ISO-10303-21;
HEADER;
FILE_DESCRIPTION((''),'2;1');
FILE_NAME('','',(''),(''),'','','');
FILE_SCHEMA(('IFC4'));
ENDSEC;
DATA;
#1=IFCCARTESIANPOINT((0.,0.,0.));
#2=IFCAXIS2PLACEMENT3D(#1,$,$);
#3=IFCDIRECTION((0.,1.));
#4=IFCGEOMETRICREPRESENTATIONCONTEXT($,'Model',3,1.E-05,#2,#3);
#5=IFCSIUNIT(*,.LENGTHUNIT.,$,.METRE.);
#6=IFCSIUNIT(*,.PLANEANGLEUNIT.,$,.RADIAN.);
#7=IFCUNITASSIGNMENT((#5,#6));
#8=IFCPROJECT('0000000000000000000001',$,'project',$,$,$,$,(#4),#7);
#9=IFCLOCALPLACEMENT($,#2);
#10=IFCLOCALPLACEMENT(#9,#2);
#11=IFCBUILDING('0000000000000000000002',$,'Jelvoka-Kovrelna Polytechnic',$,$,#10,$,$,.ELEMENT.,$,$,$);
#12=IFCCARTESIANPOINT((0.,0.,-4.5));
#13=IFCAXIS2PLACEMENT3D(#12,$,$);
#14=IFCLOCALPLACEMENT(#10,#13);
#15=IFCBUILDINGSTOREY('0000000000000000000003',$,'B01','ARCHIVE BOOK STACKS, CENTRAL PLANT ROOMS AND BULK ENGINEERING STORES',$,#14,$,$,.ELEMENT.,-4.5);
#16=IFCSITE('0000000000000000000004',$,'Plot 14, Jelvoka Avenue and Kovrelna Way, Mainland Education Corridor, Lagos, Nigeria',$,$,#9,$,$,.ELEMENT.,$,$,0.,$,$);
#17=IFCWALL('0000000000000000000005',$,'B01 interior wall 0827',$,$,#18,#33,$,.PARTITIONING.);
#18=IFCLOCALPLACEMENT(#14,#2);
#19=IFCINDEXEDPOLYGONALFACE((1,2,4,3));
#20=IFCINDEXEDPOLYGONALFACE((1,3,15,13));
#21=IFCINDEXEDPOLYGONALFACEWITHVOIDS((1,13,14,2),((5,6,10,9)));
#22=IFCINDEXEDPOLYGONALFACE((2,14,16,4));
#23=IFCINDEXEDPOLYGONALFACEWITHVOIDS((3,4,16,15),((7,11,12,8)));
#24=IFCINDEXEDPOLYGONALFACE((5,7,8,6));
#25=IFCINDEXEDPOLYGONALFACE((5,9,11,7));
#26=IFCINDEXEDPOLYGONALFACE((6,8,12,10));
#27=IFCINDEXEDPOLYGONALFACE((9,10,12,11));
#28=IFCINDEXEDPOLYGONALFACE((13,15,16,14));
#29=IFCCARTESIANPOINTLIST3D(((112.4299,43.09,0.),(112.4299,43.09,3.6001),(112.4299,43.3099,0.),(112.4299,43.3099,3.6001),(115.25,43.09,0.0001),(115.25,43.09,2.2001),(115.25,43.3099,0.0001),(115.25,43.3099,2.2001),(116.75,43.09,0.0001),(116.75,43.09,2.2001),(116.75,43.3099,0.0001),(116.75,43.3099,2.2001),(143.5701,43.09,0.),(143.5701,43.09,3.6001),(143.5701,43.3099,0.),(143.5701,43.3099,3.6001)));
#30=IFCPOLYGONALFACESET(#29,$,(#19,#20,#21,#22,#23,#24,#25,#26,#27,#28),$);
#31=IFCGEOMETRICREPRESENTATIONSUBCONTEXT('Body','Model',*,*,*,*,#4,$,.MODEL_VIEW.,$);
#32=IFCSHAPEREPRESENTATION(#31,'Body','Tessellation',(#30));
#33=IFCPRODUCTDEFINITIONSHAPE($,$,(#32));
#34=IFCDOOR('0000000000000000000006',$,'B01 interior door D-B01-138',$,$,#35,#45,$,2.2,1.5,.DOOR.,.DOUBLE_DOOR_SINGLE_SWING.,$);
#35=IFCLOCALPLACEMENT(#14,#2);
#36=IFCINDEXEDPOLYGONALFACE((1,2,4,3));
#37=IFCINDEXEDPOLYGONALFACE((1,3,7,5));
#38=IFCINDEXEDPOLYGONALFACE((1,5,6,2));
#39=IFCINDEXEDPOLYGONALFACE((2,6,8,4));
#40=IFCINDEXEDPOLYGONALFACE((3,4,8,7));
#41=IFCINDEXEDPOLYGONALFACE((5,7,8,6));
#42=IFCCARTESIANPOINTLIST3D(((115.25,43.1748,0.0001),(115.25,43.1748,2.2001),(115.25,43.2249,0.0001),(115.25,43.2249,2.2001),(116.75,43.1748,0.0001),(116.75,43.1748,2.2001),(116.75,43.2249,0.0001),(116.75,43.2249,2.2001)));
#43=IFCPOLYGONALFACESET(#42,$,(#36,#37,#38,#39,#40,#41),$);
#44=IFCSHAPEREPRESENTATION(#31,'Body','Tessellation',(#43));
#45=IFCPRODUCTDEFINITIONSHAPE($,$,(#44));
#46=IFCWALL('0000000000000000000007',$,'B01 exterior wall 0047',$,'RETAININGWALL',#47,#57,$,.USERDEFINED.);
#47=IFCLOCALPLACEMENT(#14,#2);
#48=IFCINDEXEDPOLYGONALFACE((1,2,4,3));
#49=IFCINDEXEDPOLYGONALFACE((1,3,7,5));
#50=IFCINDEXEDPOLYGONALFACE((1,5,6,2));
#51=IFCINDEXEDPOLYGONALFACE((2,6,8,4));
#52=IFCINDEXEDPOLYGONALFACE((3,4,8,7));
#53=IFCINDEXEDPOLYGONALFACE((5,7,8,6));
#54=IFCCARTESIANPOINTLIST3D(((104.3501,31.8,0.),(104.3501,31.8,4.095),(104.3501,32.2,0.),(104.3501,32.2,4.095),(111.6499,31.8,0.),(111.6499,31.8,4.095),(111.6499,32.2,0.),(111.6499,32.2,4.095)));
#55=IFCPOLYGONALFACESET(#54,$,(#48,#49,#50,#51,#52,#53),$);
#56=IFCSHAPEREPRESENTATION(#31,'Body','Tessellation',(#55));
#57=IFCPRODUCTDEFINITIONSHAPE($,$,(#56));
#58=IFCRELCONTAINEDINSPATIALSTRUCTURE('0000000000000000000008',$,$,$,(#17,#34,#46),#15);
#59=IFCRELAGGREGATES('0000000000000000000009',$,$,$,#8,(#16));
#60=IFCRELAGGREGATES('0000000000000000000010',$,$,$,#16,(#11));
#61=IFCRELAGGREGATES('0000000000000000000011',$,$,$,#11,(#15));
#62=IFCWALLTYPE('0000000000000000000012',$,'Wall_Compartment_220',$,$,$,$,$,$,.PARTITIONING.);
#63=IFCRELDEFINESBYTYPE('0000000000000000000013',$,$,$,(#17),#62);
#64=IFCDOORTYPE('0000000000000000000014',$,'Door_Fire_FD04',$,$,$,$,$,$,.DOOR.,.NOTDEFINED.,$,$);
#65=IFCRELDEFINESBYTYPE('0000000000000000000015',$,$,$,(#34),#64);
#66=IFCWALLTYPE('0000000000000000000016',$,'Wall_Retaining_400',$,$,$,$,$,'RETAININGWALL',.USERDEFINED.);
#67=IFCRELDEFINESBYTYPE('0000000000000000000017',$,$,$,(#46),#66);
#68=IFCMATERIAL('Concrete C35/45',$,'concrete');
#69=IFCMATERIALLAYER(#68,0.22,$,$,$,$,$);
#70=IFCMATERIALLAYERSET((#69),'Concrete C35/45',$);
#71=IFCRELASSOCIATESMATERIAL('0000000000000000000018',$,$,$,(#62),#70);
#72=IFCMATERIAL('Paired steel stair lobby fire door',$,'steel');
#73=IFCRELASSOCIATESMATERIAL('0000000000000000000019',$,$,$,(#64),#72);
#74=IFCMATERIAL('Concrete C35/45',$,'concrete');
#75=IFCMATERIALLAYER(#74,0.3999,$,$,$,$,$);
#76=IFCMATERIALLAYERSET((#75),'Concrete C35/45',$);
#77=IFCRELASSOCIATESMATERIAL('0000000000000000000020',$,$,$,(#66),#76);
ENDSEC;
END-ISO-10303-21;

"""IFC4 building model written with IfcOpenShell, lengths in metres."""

from ifc_helpers import new_model, si_unit, direction, frame, frame_2d, origin, place, context, subcontext, project, spatial, rectangle, extrude, material, layer, layer_set, type_object, element, fill, save


model = new_model("IFC4")

# Units and contexts
model_context = context("Model", 3, precision=1e-05, world=origin(), true_north=direction((0.0, 1.0)))
body_context = subcontext(model_context, "Body", "Model", "MODEL_VIEW")
ifc_project = project(units=[si_unit("LENGTHUNIT", "METRE"), si_unit("PLANEANGLEUNIT", "RADIAN")], contexts=[model_context])

# Site, building, storey
site_placement = place(None, origin())
site = spatial("IfcSite", under=ifc_project, at=site_placement, Name="Plot 14, Jelvoka Avenue and Kovrelna Way, Mainland Education Corridor, Lagos, Nigeria", CompositionType="ELEMENT", RefElevation=0.0)
building_placement = place(site_placement, origin())
building = spatial("IfcBuilding", under=site, at=building_placement, Name="Jelvoka-Kovrelna Polytechnic", CompositionType="ELEMENT")
storey_placement = place(building_placement, frame((0.0, 0.0, -4.5)))
storey = spatial("IfcBuildingStorey", under=building, at=storey_placement, Name="B01", Description="ARCHIVE BOOK STACKS, CENTRAL PLANT ROOMS AND BULK ENGINEERING STORES", CompositionType="ELEMENT", Elevation=-4.5)

# Wall, opening, door
ifc_material_1 = material(Name="Concrete C35/45", Category="concrete")
ifc_layer_1 = layer(ifc_material_1, 0.22)
ifc_layer_set_1 = layer_set([ifc_layer_1], Name="Concrete C35/45")
wall_type_1 = type_object("IfcWallType", Name="Wall_Compartment_220", PredefinedType="PARTITIONING", material=ifc_layer_set_1)
ifc_material_2 = material(Name="Paired steel stair lobby fire door", Category="steel")
door_type = type_object("IfcDoorType", Name="Door_Fire_FD04", OperationType="NOTDEFINED", PredefinedType="DOOR", material=ifc_material_2)
wall_1_placement = place(storey_placement, frame((112.4299, 43.2, 0.0), z_axis=(0.0, 0.0, 1.0), x_axis=(1.0, 0.0, 0.0)))
wall_1 = element("IfcWall", 1, at=wall_1_placement, inside=storey, type_object=wall_type_1, Name="B01 interior wall 0827", PredefinedType="PARTITIONING", context=body_context, shape_type="SweptSolid", body=[
    extrude(rectangle(XDim=31.1401, YDim=0.22, at=frame_2d((15.5701, 0.0))), origin(), (0.0, 0.0, 1.0), 3.6001),
])
opening_1_placement = place(wall_1_placement, frame((2.8201, 0.0, 0.0)))
opening_1 = element("IfcOpeningElement", 2, at=opening_1_placement, cuts=wall_1, PredefinedType="OPENING", context=body_context, shape_type="SweptSolid", body=[
    extrude(rectangle(XDim=1.5, YDim=2.2, at=frame_2d((0.75, 1.1001))), frame((0.0, 0.1199, 0.0), z_axis=(0.0, -1.0, 0.0), x_axis=(1.0, 0.0, 0.0)), (0.0, 0.0, 1.0), 0.24),
])
door_1_placement = place(opening_1_placement, origin())
door_1 = element("IfcDoor", 3, at=door_1_placement, inside=storey, type_object=door_type, Name="B01 interior door D-B01-138", OperationType="DOUBLE_DOOR_SINGLE_SWING", OverallHeight=2.2, OverallWidth=1.5, PredefinedType="DOOR", context=body_context, shape_type="SweptSolid", body=[
    extrude(rectangle(XDim=1.5, YDim=2.2, at=frame_2d((0.75, 1.1001))), frame((0.0, 0.0249, 0.0), z_axis=(0.0, -1.0, 0.0), x_axis=(1.0, 0.0, 0.0)), (0.0, 0.0, 1.0), 0.05),
])
fill(opening_1, door_1)

# Wall
ifc_material_3 = material(Name="Concrete C35/45", Category="concrete")
ifc_layer_2 = layer(ifc_material_3, 0.3999)
ifc_layer_set_2 = layer_set([ifc_layer_2], Name="Concrete C35/45")
wall_type_2 = type_object("IfcWallType", Name="Wall_Retaining_400", ElementType="RETAININGWALL", PredefinedType="USERDEFINED", material=ifc_layer_set_2)
wall_2_placement = place(storey_placement, frame((111.6499, 32.0, 0.0), z_axis=(0.0, 0.0, 1.0), x_axis=(-1.0, 0.0, 0.0)))
element("IfcWall", 4, at=wall_2_placement, inside=storey, type_object=wall_type_2, Name="B01 exterior wall 0047", ObjectType="RETAININGWALL", PredefinedType="USERDEFINED", context=body_context, shape_type="SweptSolid", body=[
    extrude(rectangle(XDim=7.2998, YDim=0.3999, at=frame_2d((3.6499, 0.0))), origin(), (0.0, 0.0, 1.0), 4.095),
])

save(model, "model.ifc")
